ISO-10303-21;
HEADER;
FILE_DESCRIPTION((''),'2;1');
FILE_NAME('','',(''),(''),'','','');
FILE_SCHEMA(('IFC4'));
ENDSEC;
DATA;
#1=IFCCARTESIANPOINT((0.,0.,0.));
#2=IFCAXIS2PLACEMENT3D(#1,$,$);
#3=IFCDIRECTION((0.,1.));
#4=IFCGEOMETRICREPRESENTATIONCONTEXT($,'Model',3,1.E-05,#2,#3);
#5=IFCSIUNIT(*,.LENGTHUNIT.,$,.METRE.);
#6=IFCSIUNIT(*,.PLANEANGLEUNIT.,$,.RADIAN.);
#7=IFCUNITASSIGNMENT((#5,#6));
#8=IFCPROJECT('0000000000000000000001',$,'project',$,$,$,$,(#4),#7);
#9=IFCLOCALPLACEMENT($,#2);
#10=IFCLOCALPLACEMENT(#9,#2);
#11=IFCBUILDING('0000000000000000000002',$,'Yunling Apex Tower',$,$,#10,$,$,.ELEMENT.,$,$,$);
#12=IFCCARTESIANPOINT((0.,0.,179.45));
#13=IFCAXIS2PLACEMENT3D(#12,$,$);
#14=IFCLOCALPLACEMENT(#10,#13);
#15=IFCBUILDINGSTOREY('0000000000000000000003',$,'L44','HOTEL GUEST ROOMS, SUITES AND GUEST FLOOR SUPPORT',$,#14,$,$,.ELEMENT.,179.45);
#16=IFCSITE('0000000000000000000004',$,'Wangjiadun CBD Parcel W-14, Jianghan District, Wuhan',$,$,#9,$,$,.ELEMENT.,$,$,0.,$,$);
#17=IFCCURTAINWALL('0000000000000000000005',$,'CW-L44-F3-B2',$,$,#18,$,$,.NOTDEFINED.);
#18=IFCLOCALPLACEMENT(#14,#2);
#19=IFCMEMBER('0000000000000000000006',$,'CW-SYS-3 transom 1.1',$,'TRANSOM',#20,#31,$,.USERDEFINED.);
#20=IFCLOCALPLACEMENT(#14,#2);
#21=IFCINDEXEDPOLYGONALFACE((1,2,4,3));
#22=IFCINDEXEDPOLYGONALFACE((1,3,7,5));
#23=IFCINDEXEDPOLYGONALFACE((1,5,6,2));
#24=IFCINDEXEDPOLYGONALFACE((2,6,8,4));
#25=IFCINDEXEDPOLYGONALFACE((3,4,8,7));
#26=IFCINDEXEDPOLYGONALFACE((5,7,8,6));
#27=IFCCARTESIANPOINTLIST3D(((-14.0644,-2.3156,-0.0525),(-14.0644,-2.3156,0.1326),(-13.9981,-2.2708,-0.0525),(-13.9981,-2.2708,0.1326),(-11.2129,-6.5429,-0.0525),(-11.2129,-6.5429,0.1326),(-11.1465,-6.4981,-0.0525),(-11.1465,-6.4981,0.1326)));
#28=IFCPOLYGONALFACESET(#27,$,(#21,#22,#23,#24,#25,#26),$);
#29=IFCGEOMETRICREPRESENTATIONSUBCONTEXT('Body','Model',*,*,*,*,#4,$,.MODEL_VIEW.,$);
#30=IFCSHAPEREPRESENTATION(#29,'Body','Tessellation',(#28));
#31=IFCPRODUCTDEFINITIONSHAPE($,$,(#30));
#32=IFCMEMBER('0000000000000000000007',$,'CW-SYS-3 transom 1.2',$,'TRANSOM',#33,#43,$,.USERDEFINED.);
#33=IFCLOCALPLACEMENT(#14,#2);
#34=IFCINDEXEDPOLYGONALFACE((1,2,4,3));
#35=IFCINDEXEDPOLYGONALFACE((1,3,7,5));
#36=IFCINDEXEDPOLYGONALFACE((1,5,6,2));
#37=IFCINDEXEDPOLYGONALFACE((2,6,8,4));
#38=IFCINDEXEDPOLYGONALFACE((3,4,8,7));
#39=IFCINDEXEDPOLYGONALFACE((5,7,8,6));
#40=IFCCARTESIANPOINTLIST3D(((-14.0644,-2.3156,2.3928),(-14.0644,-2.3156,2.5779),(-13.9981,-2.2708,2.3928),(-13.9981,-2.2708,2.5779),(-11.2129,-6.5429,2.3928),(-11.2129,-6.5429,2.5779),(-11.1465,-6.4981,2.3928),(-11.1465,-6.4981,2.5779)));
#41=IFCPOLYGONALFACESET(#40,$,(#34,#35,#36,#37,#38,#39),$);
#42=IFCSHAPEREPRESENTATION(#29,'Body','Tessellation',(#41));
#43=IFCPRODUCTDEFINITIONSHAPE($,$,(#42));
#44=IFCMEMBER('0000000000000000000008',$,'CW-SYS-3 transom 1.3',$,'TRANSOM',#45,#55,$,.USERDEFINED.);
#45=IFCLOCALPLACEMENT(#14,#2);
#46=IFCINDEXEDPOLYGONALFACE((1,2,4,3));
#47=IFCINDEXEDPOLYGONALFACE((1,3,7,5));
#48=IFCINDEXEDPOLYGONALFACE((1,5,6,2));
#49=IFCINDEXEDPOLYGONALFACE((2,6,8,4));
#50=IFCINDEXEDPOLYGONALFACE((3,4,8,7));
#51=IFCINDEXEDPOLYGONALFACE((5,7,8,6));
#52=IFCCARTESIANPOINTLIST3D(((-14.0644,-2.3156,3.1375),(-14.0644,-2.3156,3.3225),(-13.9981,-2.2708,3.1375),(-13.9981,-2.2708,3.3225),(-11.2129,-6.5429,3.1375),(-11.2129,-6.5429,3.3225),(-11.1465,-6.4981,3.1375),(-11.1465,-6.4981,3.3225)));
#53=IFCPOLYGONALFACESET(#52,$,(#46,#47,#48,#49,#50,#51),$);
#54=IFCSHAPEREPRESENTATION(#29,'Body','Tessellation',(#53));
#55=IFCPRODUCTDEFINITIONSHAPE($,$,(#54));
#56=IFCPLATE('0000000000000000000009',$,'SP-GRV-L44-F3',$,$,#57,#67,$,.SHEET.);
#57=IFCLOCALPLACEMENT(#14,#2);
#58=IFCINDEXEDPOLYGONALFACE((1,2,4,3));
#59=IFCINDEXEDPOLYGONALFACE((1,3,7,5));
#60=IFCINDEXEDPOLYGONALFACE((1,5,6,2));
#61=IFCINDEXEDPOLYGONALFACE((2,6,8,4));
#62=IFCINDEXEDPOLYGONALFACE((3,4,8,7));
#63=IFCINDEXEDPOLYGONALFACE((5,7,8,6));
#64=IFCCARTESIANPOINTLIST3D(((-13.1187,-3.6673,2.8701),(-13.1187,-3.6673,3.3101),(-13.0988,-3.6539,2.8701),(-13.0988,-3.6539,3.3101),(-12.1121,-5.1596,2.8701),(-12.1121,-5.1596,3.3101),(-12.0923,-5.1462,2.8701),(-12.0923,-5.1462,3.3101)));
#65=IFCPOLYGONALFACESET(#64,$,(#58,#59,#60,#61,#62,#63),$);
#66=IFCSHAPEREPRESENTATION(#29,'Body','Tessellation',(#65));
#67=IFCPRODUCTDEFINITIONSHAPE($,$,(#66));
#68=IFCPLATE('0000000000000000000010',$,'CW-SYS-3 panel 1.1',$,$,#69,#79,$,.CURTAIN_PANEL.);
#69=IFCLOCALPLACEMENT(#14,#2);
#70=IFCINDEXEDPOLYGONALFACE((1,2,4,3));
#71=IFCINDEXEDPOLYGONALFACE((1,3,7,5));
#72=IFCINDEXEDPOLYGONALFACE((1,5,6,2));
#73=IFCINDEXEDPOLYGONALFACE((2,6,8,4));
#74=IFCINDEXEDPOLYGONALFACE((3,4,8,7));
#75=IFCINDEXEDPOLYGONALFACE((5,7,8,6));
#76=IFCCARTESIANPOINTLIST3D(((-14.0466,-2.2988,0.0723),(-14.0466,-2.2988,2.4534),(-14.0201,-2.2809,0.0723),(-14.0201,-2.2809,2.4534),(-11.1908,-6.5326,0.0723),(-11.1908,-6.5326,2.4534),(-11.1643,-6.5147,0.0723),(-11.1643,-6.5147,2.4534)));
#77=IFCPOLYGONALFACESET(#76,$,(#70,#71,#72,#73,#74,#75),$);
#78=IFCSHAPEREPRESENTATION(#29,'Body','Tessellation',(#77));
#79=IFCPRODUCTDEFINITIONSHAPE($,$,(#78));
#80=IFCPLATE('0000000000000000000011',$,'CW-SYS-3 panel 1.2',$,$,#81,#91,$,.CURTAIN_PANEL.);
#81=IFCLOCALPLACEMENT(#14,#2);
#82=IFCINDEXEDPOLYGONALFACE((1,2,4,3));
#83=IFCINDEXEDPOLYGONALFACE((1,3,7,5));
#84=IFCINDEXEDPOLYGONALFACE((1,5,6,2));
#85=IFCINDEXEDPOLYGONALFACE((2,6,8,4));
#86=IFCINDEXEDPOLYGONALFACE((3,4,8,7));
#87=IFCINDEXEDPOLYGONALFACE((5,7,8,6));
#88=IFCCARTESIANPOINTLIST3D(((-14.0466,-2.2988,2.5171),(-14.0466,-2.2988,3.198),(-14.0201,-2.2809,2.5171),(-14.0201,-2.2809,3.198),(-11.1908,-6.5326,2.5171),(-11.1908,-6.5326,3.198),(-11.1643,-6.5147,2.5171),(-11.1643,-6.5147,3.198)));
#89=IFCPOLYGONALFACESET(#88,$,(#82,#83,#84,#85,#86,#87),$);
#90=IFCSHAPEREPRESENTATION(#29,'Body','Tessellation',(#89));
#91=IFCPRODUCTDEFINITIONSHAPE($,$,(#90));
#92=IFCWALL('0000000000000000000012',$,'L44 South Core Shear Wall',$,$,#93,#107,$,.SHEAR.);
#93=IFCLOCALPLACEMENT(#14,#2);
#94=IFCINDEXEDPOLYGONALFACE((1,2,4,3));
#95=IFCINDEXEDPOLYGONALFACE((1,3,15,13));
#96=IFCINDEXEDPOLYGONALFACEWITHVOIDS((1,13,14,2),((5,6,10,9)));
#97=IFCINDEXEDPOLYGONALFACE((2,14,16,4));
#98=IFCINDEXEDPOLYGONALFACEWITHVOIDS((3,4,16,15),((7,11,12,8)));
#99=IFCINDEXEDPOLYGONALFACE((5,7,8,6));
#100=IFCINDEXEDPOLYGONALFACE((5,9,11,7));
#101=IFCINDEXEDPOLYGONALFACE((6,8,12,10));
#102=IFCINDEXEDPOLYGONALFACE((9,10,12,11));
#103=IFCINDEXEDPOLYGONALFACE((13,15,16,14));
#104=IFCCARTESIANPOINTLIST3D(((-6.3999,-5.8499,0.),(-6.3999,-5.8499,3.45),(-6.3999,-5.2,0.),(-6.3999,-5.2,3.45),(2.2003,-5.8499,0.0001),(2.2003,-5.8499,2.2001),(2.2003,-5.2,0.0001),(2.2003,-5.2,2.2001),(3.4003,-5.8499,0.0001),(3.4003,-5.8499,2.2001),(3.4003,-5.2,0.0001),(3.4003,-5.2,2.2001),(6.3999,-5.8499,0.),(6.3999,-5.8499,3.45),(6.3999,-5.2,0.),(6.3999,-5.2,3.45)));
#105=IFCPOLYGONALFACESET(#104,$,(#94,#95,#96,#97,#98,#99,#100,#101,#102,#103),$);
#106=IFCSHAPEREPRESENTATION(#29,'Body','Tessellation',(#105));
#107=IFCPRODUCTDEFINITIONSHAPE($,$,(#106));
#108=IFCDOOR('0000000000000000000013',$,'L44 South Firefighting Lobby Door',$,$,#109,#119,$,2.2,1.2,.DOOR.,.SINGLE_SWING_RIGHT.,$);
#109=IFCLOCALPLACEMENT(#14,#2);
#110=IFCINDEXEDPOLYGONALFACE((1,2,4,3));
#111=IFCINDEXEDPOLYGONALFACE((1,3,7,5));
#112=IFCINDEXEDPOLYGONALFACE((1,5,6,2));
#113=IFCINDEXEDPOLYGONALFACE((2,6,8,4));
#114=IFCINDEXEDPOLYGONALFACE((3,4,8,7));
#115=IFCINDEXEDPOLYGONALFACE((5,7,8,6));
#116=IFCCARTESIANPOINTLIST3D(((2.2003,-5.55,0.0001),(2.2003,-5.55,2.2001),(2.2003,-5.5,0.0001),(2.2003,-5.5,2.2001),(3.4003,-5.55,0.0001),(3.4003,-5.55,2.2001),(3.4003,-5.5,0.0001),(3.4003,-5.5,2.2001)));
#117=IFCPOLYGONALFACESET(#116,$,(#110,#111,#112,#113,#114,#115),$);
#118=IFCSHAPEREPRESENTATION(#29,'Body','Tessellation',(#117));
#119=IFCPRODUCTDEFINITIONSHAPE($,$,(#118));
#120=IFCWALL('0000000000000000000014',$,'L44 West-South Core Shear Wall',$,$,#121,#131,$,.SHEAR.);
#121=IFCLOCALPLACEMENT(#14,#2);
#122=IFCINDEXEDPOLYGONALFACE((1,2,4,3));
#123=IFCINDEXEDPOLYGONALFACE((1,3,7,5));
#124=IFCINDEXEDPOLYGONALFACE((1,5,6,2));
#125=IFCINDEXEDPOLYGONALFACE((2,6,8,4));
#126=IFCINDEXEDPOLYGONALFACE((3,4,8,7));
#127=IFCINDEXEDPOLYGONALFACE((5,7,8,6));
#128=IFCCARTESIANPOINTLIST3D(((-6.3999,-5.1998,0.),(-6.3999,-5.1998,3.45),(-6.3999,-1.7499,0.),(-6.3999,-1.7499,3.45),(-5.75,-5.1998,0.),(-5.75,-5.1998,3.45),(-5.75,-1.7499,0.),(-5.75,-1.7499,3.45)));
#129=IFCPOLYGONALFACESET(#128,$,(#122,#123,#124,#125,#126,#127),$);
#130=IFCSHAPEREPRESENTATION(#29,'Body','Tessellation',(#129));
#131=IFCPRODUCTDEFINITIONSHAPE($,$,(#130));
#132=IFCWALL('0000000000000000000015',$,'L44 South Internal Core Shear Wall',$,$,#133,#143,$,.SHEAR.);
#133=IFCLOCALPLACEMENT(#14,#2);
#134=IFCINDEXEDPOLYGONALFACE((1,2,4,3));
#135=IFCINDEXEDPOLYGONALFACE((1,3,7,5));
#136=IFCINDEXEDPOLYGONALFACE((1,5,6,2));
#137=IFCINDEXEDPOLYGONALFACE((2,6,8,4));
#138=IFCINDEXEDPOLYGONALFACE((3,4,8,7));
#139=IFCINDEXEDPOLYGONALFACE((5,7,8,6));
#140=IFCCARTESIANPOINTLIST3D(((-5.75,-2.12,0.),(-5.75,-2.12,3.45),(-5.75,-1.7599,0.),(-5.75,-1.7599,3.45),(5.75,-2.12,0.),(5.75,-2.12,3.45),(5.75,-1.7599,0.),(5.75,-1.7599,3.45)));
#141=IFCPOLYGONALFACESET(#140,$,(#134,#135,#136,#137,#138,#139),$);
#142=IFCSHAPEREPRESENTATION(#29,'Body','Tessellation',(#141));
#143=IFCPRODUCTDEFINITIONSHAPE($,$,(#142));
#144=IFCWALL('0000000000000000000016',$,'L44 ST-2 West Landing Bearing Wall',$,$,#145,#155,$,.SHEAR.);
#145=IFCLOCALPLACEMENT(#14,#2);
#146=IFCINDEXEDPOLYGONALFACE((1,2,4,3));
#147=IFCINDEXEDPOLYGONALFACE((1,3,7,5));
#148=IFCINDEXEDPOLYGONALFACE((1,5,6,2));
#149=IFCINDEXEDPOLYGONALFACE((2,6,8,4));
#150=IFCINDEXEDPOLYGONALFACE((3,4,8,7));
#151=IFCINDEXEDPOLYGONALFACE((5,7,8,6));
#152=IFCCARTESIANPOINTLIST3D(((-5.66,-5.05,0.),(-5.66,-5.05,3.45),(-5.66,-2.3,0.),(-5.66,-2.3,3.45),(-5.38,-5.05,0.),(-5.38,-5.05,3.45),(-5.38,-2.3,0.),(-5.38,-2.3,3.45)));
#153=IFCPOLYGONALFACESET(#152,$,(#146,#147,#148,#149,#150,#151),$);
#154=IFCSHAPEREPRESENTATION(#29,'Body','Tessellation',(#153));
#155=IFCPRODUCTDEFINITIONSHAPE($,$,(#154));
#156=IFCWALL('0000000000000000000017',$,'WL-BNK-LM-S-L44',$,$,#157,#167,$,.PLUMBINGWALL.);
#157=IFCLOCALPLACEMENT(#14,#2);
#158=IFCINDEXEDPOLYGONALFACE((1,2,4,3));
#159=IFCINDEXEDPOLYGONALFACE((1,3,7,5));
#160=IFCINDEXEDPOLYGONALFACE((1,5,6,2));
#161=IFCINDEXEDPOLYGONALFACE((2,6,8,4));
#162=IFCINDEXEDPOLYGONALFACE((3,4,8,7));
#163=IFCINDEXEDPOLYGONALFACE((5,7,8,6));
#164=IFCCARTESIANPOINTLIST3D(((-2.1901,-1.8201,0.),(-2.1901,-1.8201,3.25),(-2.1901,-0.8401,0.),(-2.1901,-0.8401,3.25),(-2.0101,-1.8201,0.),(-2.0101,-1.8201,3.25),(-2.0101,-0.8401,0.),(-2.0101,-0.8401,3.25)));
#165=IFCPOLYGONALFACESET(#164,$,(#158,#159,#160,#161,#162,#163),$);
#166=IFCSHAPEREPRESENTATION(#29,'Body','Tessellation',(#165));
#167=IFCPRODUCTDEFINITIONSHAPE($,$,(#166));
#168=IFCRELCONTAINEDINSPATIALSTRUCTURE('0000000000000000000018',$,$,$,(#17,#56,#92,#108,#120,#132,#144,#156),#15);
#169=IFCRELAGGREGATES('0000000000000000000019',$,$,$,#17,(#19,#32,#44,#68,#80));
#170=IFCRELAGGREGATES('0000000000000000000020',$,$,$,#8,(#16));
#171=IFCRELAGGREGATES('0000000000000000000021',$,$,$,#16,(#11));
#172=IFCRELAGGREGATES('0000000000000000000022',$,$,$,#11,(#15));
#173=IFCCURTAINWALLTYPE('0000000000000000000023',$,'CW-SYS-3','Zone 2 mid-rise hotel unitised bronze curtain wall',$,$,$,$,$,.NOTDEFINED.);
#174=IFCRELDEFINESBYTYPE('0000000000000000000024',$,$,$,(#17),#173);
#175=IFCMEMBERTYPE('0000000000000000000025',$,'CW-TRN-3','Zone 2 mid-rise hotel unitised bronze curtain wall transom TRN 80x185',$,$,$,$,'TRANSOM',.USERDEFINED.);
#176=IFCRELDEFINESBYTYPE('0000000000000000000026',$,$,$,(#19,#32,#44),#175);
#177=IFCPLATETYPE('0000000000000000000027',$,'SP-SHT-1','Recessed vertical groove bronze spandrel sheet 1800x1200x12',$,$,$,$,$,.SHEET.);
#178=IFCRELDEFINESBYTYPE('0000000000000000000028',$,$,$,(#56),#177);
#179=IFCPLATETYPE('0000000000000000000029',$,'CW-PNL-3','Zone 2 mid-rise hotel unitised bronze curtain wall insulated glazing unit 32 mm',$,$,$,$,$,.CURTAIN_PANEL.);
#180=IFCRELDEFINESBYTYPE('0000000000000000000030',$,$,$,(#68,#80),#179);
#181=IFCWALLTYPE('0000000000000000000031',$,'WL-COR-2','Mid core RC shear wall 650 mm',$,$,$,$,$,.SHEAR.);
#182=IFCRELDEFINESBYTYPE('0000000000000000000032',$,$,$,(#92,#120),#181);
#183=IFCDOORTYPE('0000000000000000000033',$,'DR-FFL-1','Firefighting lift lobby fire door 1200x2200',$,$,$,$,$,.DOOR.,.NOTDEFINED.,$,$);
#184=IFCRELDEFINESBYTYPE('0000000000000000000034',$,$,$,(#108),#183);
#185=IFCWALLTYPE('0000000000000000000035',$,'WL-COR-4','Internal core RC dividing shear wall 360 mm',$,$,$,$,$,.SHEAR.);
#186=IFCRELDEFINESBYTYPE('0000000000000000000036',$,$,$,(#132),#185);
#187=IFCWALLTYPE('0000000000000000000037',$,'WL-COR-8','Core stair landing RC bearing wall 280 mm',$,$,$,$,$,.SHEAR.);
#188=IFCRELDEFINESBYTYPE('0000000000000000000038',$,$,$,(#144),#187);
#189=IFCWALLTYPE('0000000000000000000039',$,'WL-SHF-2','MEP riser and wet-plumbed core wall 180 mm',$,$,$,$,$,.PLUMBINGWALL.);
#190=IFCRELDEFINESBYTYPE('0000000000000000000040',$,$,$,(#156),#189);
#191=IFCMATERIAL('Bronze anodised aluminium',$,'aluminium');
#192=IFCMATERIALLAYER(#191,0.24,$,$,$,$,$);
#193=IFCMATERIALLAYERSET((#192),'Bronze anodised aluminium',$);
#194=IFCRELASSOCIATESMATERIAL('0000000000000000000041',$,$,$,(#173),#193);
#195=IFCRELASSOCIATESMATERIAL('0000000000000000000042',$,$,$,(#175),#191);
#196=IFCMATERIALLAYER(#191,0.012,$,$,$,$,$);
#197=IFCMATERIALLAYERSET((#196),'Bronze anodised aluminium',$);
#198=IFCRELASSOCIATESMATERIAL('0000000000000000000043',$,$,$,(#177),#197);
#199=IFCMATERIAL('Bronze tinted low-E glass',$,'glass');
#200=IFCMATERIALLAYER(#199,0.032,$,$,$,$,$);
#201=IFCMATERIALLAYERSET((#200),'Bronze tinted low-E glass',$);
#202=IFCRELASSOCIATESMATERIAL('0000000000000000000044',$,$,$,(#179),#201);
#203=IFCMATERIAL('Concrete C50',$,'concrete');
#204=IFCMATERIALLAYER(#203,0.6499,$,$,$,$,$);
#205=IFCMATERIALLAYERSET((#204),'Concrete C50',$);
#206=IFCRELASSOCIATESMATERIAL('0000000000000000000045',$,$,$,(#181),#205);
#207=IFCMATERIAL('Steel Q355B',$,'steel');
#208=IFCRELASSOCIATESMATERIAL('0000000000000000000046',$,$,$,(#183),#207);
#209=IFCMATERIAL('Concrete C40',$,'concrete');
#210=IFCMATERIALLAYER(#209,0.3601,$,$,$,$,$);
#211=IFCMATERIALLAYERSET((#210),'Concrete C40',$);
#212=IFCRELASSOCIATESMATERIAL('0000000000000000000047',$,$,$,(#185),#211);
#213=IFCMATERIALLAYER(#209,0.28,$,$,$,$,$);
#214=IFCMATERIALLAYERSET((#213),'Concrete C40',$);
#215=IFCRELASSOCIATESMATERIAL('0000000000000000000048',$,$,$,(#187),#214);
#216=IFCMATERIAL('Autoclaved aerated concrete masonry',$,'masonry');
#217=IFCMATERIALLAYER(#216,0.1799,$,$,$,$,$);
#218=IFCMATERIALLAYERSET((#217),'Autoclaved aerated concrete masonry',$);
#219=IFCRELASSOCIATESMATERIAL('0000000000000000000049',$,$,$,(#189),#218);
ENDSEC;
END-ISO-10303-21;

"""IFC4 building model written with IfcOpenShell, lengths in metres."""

from ifc_helpers import new_model, si_unit, direction, frame, frame_2d, origin, origin_2d, place, context, subcontext, project, spatial, rectangle, extrude, source, transform, mapped, material, layer, layer_set, material_profile, profile_set, type_object, element, fill, aggregate, save


model = new_model("IFC4")

# Units and contexts
model_context = context("Model", 3, precision=1e-05, world=origin(), true_north=direction((0.0, 1.0)))
body_context = subcontext(model_context, "Body", "Model", "MODEL_VIEW")
ifc_project = project(units=[si_unit("LENGTHUNIT", "METRE"), si_unit("PLANEANGLEUNIT", "RADIAN")], contexts=[model_context])

# Site, building, storey
site_placement = place(None, origin())
site = spatial("IfcSite", under=ifc_project, at=site_placement, Name="Wangjiadun CBD Parcel W-14, Jianghan District, Wuhan", CompositionType="ELEMENT", RefElevation=0.0)
building_placement = place(site_placement, origin())
building = spatial("IfcBuilding", under=site, at=building_placement, Name="Yunling Apex Tower", CompositionType="ELEMENT")
storey_placement = place(building_placement, frame((0.0, 0.0, 179.45)))
storey = spatial("IfcBuildingStorey", under=building, at=storey_placement, Name="L44", Description="HOTEL GUEST ROOMS, SUITES AND GUEST FLOOR SUPPORT", CompositionType="ELEMENT", Elevation=179.45)

# Shared definitions
ifc_material_1 = material(Name="Concrete C50", Category="concrete")

# Shared definitions
ifc_material_2 = material(Name="Steel Q355B", Category="steel")

# Shared definitions
ifc_material_3 = material(Name="Bronze anodised aluminium", Category="aluminium")
ifc_layer_1 = layer(ifc_material_3, 0.24)
ifc_layer_set_1 = layer_set([ifc_layer_1], Name="Bronze anodised aluminium")
curtain_wall_type = type_object("IfcCurtainWallType", Name="CW-SYS-3", Description="Zone 2 mid-rise hotel unitised bronze curtain wall", PredefinedType="NOTDEFINED", material=ifc_layer_set_1)

# Curtain wall, members
curtain_wall_1_placement = place(storey_placement, origin())
curtain_wall_1 = element("IfcCurtainWall", 1, at=curtain_wall_1_placement, inside=storey, type_object=curtain_wall_type, Name="CW-L44-F3-B2", PredefinedType="NOTDEFINED")
ifc_material_profile_1 = material_profile(ifc_material_3, rectangle(XDim=0.0801, YDim=0.1851, at=origin_2d()))
ifc_profile_set_1 = profile_set([ifc_material_profile_1], Name="Bronze anodised aluminium")
member_type_1 = type_object("IfcMemberType", Name="CW-TRN-3", Description="Zone 2 mid-rise hotel unitised bronze curtain wall transom TRN 80x185", ElementType="TRANSOM", PredefinedType="USERDEFINED", material=ifc_profile_set_1)
shared_shape_1 = source(origin(), body_context, "Body", "SweptSolid", [
    extrude(rectangle(XDim=0.0801, YDim=0.1851, at=origin_2d()), origin(), (0.0, 0.0, 1.0), 5.0991),
])
member_1_placement = place(storey_placement, frame((-14.0312, -2.2932, 0.04), z_axis=(0.559222, -0.829018, 0.0), x_axis=(0.829018, 0.559222, 0.0)))
member_1 = element("IfcMember", 2, at=member_1_placement, type_object=member_type_1, Name="CW-SYS-3 transom 1.1", ObjectType="TRANSOM", PredefinedType="USERDEFINED", context=body_context, shape_type="MappedRepresentation", body=[
    mapped(shared_shape_1, transform((0.0, 0.0, 0.0), scale=1.0)),
])
member_2_placement = place(storey_placement, frame((-14.0312, -2.2932, 2.4854), z_axis=(0.559222, -0.829018, 0.0), x_axis=(0.829018, 0.559222, 0.0)))
member_2 = element("IfcMember", 3, at=member_2_placement, type_object=member_type_1, Name="CW-SYS-3 transom 1.2", ObjectType="TRANSOM", PredefinedType="USERDEFINED", context=body_context, shape_type="MappedRepresentation", body=[
    mapped(shared_shape_1, transform((0.0, 0.0, 0.0), scale=1.0)),
])
member_3_placement = place(storey_placement, frame((-14.0312, -2.2932, 3.23), z_axis=(0.559222, -0.829018, 0.0), x_axis=(0.829018, 0.559222, 0.0)))
member_3 = element("IfcMember", 4, at=member_3_placement, type_object=member_type_1, Name="CW-SYS-3 transom 1.3", ObjectType="TRANSOM", PredefinedType="USERDEFINED", context=body_context, shape_type="MappedRepresentation", body=[
    mapped(shared_shape_1, transform((0.0, 0.0, 0.0), scale=1.0)),
])

# Plates
ifc_layer_2 = layer(ifc_material_3, 0.012)
ifc_layer_set_2 = layer_set([ifc_layer_2], Name="Bronze anodised aluminium")
plate_type_1 = type_object("IfcPlateType", Name="SP-SHT-1", Description="Recessed vertical groove bronze spandrel sheet 1800x1200x12", PredefinedType="SHEET", material=ifc_layer_set_2)
shared_shape_2 = source(origin(), body_context, "Body", "SweptSolid", [
    extrude(rectangle(XDim=1.8, YDim=0.0239, at=origin_2d()), origin(), (0.0, 0.0, 1.0), 0.4399),
])
plate_1_placement = place(storey_placement, frame((-12.6055, -4.4067, 2.8701), z_axis=(0.0, 0.0, 1.0), x_axis=(0.559193, -0.829038, 0.0)))
element("IfcPlate", 5, at=plate_1_placement, inside=storey, type_object=plate_type_1, Name="SP-GRV-L44-F3", PredefinedType="SHEET", context=body_context, shape_type="MappedRepresentation", body=[
    mapped(shared_shape_2, transform((0.0, 0.0, 0.0), scale=1.0)),
])
ifc_material_4 = material(Name="Bronze tinted low-E glass", Category="glass")
ifc_layer_3 = layer(ifc_material_4, 0.032)
ifc_layer_set_3 = layer_set([ifc_layer_3], Name="Bronze tinted low-E glass")
plate_type_2 = type_object("IfcPlateType", Name="CW-PNL-3", Description="Zone 2 mid-rise hotel unitised bronze curtain wall insulated glazing unit 32 mm", PredefinedType="CURTAIN_PANEL", material=ifc_layer_set_3)
shared_shape_3 = source(origin(), body_context, "Body", "SweptSolid", [
    extrude(rectangle(XDim=5.1069, YDim=0.032, at=origin_2d()), origin(), (0.0, 0.0, 1.0), 2.3811),
])
plate_2_placement = place(storey_placement, frame((-12.6055, -4.4067, 0.0723), z_axis=(0.0, 0.0, 1.0), x_axis=(0.55921, -0.829026, 0.0)))
plate_2 = element("IfcPlate", 6, at=plate_2_placement, type_object=plate_type_2, Name="CW-SYS-3 panel 1.1", PredefinedType="CURTAIN_PANEL", context=body_context, shape_type="MappedRepresentation", body=[
    mapped(shared_shape_3, transform((0.0, 0.0, 0.0), scale=1.0)),
])
shared_shape_4 = source(origin(), body_context, "Body", "SweptSolid", [
    extrude(rectangle(XDim=5.1069, YDim=0.032, at=origin_2d()), origin(), (0.0, 0.0, 1.0), 0.6809),
])
plate_3_placement = place(storey_placement, frame((-12.6055, -4.4067, 2.5171), z_axis=(0.0, 0.0, 1.0), x_axis=(0.55921, -0.829026, 0.0)))
plate_3 = element("IfcPlate", 7, at=plate_3_placement, type_object=plate_type_2, Name="CW-SYS-3 panel 1.2", PredefinedType="CURTAIN_PANEL", context=body_context, shape_type="MappedRepresentation", body=[
    mapped(shared_shape_4, transform((0.0, 0.0, 0.0), scale=1.0)),
])
aggregate(curtain_wall_1, [member_1, member_2, member_3, plate_2, plate_3])

# Wall, opening, door
ifc_layer_4 = layer(ifc_material_1, 0.6499)
ifc_layer_set_4 = layer_set([ifc_layer_4], Name="Concrete C50")
wall_type_1 = type_object("IfcWallType", Name="WL-COR-2", Description="Mid core RC shear wall 650 mm", PredefinedType="SHEAR", material=ifc_layer_set_4)
wall_1_placement = place(storey_placement, frame((-6.3999, -5.5249, 0.0), z_axis=(0.0, 0.0, 1.0), x_axis=(1.0, 0.0, 0.0)))
wall_1 = element("IfcWall", 8, at=wall_1_placement, inside=storey, type_object=wall_type_1, Name="L44 South Core Shear Wall", PredefinedType="SHEAR", context=body_context, shape_type="SweptSolid", body=[
    extrude(rectangle(XDim=12.7998, YDim=0.6499, at=frame_2d((6.3999, 0.0))), origin(), (0.0, 0.0, 1.0), 3.45),
])
opening_placement = place(wall_1_placement, frame((8.6001, 0.0, 0.0)))
opening = element("IfcOpeningElement", 9, at=opening_placement, cuts=wall_1, PredefinedType="OPENING", context=body_context, shape_type="SweptSolid", body=[
    extrude(rectangle(XDim=1.2, YDim=2.2, at=frame_2d((0.6001, 1.1001))), frame((0.0, 0.335, 0.0), z_axis=(0.0, -1.0, 0.0), x_axis=(1.0, 0.0, 0.0)), (0.0, 0.0, 1.0), 0.6699),
])
door_type = type_object("IfcDoorType", Name="DR-FFL-1", Description="Firefighting lift lobby fire door 1200x2200", OperationType="NOTDEFINED", PredefinedType="DOOR", material=ifc_material_2)
door_placement = place(opening_placement, origin())
door = element("IfcDoor", 10, at=door_placement, inside=storey, type_object=door_type, Name="L44 South Firefighting Lobby Door", OperationType="SINGLE_SWING_RIGHT", OverallHeight=2.2, OverallWidth=1.2, PredefinedType="DOOR", context=body_context, shape_type="SweptSolid", body=[
    extrude(rectangle(XDim=1.2, YDim=2.2, at=frame_2d((0.6001, 1.1001))), frame((0.0, 0.0249, 0.0), z_axis=(0.0, -1.0, 0.0), x_axis=(1.0, 0.0, 0.0)), (0.0, 0.0, 1.0), 0.05),
])
fill(opening, door)

# Walls
wall_2_placement = place(storey_placement, frame((-6.075, -5.2, 0.0), z_axis=(0.0, 0.0, 1.0), x_axis=(0.0, 1.0, 0.0)))
element("IfcWall", 11, at=wall_2_placement, inside=storey, type_object=wall_type_1, Name="L44 West-South Core Shear Wall", PredefinedType="SHEAR", context=body_context, shape_type="SweptSolid", body=[
    extrude(rectangle(XDim=3.45, YDim=0.6499, at=frame_2d((1.7251, 0.0))), origin(), (0.0, 0.0, 1.0), 3.45),
])
ifc_material_5 = material(Name="Concrete C40", Category="concrete")
ifc_layer_5 = layer(ifc_material_5, 0.3601)
ifc_layer_set_5 = layer_set([ifc_layer_5], Name="Concrete C40")
wall_type_2 = type_object("IfcWallType", Name="WL-COR-4", Description="Internal core RC dividing shear wall 360 mm", PredefinedType="SHEAR", material=ifc_layer_set_5)
wall_3_placement = place(storey_placement, frame((-5.75, -1.9399, 0.0), z_axis=(0.0, 0.0, 1.0), x_axis=(1.0, 0.0, 0.0)))
element("IfcWall", 12, at=wall_3_placement, inside=storey, type_object=wall_type_2, Name="L44 South Internal Core Shear Wall", PredefinedType="SHEAR", context=body_context, shape_type="SweptSolid", body=[
    extrude(rectangle(XDim=11.5, YDim=0.3601, at=frame_2d((5.75, 0.0))), origin(), (0.0, 0.0, 1.0), 3.45),
])
ifc_layer_6 = layer(ifc_material_5, 0.28)
ifc_layer_set_6 = layer_set([ifc_layer_6], Name="Concrete C40")
wall_type_3 = type_object("IfcWallType", Name="WL-COR-8", Description="Core stair landing RC bearing wall 280 mm", PredefinedType="SHEAR", material=ifc_layer_set_6)
wall_4_placement = place(storey_placement, frame((-5.52, -5.05, 0.0), z_axis=(0.0, 0.0, 1.0), x_axis=(0.0, 1.0, 0.0)))
element("IfcWall", 13, at=wall_4_placement, inside=storey, type_object=wall_type_3, Name="L44 ST-2 West Landing Bearing Wall", PredefinedType="SHEAR", context=body_context, shape_type="SweptSolid", body=[
    extrude(rectangle(XDim=2.75, YDim=0.28, at=frame_2d((1.375, 0.0))), origin(), (0.0, 0.0, 1.0), 3.45),
])
ifc_material_6 = material(Name="Autoclaved aerated concrete masonry", Category="masonry")
ifc_layer_7 = layer(ifc_material_6, 0.1799)
ifc_layer_set_7 = layer_set([ifc_layer_7], Name="Autoclaved aerated concrete masonry")
wall_type_4 = type_object("IfcWallType", Name="WL-SHF-2", Description="MEP riser and wet-plumbed core wall 180 mm", PredefinedType="PLUMBINGWALL", material=ifc_layer_set_7)
wall_5_placement = place(storey_placement, frame((-2.1001, -1.8201, 0.0), z_axis=(0.0, 0.0, 1.0), x_axis=(0.0, 1.0, 0.0)))
element("IfcWall", 14, at=wall_5_placement, inside=storey, type_object=wall_type_4, Name="WL-BNK-LM-S-L44", PredefinedType="PLUMBINGWALL", context=body_context, shape_type="SweptSolid", body=[
    extrude(rectangle(XDim=0.98, YDim=0.1799, at=frame_2d((0.49, 0.0))), origin(), (0.0, 0.0, 1.0), 3.25),
])

save(model, "model.ifc")
